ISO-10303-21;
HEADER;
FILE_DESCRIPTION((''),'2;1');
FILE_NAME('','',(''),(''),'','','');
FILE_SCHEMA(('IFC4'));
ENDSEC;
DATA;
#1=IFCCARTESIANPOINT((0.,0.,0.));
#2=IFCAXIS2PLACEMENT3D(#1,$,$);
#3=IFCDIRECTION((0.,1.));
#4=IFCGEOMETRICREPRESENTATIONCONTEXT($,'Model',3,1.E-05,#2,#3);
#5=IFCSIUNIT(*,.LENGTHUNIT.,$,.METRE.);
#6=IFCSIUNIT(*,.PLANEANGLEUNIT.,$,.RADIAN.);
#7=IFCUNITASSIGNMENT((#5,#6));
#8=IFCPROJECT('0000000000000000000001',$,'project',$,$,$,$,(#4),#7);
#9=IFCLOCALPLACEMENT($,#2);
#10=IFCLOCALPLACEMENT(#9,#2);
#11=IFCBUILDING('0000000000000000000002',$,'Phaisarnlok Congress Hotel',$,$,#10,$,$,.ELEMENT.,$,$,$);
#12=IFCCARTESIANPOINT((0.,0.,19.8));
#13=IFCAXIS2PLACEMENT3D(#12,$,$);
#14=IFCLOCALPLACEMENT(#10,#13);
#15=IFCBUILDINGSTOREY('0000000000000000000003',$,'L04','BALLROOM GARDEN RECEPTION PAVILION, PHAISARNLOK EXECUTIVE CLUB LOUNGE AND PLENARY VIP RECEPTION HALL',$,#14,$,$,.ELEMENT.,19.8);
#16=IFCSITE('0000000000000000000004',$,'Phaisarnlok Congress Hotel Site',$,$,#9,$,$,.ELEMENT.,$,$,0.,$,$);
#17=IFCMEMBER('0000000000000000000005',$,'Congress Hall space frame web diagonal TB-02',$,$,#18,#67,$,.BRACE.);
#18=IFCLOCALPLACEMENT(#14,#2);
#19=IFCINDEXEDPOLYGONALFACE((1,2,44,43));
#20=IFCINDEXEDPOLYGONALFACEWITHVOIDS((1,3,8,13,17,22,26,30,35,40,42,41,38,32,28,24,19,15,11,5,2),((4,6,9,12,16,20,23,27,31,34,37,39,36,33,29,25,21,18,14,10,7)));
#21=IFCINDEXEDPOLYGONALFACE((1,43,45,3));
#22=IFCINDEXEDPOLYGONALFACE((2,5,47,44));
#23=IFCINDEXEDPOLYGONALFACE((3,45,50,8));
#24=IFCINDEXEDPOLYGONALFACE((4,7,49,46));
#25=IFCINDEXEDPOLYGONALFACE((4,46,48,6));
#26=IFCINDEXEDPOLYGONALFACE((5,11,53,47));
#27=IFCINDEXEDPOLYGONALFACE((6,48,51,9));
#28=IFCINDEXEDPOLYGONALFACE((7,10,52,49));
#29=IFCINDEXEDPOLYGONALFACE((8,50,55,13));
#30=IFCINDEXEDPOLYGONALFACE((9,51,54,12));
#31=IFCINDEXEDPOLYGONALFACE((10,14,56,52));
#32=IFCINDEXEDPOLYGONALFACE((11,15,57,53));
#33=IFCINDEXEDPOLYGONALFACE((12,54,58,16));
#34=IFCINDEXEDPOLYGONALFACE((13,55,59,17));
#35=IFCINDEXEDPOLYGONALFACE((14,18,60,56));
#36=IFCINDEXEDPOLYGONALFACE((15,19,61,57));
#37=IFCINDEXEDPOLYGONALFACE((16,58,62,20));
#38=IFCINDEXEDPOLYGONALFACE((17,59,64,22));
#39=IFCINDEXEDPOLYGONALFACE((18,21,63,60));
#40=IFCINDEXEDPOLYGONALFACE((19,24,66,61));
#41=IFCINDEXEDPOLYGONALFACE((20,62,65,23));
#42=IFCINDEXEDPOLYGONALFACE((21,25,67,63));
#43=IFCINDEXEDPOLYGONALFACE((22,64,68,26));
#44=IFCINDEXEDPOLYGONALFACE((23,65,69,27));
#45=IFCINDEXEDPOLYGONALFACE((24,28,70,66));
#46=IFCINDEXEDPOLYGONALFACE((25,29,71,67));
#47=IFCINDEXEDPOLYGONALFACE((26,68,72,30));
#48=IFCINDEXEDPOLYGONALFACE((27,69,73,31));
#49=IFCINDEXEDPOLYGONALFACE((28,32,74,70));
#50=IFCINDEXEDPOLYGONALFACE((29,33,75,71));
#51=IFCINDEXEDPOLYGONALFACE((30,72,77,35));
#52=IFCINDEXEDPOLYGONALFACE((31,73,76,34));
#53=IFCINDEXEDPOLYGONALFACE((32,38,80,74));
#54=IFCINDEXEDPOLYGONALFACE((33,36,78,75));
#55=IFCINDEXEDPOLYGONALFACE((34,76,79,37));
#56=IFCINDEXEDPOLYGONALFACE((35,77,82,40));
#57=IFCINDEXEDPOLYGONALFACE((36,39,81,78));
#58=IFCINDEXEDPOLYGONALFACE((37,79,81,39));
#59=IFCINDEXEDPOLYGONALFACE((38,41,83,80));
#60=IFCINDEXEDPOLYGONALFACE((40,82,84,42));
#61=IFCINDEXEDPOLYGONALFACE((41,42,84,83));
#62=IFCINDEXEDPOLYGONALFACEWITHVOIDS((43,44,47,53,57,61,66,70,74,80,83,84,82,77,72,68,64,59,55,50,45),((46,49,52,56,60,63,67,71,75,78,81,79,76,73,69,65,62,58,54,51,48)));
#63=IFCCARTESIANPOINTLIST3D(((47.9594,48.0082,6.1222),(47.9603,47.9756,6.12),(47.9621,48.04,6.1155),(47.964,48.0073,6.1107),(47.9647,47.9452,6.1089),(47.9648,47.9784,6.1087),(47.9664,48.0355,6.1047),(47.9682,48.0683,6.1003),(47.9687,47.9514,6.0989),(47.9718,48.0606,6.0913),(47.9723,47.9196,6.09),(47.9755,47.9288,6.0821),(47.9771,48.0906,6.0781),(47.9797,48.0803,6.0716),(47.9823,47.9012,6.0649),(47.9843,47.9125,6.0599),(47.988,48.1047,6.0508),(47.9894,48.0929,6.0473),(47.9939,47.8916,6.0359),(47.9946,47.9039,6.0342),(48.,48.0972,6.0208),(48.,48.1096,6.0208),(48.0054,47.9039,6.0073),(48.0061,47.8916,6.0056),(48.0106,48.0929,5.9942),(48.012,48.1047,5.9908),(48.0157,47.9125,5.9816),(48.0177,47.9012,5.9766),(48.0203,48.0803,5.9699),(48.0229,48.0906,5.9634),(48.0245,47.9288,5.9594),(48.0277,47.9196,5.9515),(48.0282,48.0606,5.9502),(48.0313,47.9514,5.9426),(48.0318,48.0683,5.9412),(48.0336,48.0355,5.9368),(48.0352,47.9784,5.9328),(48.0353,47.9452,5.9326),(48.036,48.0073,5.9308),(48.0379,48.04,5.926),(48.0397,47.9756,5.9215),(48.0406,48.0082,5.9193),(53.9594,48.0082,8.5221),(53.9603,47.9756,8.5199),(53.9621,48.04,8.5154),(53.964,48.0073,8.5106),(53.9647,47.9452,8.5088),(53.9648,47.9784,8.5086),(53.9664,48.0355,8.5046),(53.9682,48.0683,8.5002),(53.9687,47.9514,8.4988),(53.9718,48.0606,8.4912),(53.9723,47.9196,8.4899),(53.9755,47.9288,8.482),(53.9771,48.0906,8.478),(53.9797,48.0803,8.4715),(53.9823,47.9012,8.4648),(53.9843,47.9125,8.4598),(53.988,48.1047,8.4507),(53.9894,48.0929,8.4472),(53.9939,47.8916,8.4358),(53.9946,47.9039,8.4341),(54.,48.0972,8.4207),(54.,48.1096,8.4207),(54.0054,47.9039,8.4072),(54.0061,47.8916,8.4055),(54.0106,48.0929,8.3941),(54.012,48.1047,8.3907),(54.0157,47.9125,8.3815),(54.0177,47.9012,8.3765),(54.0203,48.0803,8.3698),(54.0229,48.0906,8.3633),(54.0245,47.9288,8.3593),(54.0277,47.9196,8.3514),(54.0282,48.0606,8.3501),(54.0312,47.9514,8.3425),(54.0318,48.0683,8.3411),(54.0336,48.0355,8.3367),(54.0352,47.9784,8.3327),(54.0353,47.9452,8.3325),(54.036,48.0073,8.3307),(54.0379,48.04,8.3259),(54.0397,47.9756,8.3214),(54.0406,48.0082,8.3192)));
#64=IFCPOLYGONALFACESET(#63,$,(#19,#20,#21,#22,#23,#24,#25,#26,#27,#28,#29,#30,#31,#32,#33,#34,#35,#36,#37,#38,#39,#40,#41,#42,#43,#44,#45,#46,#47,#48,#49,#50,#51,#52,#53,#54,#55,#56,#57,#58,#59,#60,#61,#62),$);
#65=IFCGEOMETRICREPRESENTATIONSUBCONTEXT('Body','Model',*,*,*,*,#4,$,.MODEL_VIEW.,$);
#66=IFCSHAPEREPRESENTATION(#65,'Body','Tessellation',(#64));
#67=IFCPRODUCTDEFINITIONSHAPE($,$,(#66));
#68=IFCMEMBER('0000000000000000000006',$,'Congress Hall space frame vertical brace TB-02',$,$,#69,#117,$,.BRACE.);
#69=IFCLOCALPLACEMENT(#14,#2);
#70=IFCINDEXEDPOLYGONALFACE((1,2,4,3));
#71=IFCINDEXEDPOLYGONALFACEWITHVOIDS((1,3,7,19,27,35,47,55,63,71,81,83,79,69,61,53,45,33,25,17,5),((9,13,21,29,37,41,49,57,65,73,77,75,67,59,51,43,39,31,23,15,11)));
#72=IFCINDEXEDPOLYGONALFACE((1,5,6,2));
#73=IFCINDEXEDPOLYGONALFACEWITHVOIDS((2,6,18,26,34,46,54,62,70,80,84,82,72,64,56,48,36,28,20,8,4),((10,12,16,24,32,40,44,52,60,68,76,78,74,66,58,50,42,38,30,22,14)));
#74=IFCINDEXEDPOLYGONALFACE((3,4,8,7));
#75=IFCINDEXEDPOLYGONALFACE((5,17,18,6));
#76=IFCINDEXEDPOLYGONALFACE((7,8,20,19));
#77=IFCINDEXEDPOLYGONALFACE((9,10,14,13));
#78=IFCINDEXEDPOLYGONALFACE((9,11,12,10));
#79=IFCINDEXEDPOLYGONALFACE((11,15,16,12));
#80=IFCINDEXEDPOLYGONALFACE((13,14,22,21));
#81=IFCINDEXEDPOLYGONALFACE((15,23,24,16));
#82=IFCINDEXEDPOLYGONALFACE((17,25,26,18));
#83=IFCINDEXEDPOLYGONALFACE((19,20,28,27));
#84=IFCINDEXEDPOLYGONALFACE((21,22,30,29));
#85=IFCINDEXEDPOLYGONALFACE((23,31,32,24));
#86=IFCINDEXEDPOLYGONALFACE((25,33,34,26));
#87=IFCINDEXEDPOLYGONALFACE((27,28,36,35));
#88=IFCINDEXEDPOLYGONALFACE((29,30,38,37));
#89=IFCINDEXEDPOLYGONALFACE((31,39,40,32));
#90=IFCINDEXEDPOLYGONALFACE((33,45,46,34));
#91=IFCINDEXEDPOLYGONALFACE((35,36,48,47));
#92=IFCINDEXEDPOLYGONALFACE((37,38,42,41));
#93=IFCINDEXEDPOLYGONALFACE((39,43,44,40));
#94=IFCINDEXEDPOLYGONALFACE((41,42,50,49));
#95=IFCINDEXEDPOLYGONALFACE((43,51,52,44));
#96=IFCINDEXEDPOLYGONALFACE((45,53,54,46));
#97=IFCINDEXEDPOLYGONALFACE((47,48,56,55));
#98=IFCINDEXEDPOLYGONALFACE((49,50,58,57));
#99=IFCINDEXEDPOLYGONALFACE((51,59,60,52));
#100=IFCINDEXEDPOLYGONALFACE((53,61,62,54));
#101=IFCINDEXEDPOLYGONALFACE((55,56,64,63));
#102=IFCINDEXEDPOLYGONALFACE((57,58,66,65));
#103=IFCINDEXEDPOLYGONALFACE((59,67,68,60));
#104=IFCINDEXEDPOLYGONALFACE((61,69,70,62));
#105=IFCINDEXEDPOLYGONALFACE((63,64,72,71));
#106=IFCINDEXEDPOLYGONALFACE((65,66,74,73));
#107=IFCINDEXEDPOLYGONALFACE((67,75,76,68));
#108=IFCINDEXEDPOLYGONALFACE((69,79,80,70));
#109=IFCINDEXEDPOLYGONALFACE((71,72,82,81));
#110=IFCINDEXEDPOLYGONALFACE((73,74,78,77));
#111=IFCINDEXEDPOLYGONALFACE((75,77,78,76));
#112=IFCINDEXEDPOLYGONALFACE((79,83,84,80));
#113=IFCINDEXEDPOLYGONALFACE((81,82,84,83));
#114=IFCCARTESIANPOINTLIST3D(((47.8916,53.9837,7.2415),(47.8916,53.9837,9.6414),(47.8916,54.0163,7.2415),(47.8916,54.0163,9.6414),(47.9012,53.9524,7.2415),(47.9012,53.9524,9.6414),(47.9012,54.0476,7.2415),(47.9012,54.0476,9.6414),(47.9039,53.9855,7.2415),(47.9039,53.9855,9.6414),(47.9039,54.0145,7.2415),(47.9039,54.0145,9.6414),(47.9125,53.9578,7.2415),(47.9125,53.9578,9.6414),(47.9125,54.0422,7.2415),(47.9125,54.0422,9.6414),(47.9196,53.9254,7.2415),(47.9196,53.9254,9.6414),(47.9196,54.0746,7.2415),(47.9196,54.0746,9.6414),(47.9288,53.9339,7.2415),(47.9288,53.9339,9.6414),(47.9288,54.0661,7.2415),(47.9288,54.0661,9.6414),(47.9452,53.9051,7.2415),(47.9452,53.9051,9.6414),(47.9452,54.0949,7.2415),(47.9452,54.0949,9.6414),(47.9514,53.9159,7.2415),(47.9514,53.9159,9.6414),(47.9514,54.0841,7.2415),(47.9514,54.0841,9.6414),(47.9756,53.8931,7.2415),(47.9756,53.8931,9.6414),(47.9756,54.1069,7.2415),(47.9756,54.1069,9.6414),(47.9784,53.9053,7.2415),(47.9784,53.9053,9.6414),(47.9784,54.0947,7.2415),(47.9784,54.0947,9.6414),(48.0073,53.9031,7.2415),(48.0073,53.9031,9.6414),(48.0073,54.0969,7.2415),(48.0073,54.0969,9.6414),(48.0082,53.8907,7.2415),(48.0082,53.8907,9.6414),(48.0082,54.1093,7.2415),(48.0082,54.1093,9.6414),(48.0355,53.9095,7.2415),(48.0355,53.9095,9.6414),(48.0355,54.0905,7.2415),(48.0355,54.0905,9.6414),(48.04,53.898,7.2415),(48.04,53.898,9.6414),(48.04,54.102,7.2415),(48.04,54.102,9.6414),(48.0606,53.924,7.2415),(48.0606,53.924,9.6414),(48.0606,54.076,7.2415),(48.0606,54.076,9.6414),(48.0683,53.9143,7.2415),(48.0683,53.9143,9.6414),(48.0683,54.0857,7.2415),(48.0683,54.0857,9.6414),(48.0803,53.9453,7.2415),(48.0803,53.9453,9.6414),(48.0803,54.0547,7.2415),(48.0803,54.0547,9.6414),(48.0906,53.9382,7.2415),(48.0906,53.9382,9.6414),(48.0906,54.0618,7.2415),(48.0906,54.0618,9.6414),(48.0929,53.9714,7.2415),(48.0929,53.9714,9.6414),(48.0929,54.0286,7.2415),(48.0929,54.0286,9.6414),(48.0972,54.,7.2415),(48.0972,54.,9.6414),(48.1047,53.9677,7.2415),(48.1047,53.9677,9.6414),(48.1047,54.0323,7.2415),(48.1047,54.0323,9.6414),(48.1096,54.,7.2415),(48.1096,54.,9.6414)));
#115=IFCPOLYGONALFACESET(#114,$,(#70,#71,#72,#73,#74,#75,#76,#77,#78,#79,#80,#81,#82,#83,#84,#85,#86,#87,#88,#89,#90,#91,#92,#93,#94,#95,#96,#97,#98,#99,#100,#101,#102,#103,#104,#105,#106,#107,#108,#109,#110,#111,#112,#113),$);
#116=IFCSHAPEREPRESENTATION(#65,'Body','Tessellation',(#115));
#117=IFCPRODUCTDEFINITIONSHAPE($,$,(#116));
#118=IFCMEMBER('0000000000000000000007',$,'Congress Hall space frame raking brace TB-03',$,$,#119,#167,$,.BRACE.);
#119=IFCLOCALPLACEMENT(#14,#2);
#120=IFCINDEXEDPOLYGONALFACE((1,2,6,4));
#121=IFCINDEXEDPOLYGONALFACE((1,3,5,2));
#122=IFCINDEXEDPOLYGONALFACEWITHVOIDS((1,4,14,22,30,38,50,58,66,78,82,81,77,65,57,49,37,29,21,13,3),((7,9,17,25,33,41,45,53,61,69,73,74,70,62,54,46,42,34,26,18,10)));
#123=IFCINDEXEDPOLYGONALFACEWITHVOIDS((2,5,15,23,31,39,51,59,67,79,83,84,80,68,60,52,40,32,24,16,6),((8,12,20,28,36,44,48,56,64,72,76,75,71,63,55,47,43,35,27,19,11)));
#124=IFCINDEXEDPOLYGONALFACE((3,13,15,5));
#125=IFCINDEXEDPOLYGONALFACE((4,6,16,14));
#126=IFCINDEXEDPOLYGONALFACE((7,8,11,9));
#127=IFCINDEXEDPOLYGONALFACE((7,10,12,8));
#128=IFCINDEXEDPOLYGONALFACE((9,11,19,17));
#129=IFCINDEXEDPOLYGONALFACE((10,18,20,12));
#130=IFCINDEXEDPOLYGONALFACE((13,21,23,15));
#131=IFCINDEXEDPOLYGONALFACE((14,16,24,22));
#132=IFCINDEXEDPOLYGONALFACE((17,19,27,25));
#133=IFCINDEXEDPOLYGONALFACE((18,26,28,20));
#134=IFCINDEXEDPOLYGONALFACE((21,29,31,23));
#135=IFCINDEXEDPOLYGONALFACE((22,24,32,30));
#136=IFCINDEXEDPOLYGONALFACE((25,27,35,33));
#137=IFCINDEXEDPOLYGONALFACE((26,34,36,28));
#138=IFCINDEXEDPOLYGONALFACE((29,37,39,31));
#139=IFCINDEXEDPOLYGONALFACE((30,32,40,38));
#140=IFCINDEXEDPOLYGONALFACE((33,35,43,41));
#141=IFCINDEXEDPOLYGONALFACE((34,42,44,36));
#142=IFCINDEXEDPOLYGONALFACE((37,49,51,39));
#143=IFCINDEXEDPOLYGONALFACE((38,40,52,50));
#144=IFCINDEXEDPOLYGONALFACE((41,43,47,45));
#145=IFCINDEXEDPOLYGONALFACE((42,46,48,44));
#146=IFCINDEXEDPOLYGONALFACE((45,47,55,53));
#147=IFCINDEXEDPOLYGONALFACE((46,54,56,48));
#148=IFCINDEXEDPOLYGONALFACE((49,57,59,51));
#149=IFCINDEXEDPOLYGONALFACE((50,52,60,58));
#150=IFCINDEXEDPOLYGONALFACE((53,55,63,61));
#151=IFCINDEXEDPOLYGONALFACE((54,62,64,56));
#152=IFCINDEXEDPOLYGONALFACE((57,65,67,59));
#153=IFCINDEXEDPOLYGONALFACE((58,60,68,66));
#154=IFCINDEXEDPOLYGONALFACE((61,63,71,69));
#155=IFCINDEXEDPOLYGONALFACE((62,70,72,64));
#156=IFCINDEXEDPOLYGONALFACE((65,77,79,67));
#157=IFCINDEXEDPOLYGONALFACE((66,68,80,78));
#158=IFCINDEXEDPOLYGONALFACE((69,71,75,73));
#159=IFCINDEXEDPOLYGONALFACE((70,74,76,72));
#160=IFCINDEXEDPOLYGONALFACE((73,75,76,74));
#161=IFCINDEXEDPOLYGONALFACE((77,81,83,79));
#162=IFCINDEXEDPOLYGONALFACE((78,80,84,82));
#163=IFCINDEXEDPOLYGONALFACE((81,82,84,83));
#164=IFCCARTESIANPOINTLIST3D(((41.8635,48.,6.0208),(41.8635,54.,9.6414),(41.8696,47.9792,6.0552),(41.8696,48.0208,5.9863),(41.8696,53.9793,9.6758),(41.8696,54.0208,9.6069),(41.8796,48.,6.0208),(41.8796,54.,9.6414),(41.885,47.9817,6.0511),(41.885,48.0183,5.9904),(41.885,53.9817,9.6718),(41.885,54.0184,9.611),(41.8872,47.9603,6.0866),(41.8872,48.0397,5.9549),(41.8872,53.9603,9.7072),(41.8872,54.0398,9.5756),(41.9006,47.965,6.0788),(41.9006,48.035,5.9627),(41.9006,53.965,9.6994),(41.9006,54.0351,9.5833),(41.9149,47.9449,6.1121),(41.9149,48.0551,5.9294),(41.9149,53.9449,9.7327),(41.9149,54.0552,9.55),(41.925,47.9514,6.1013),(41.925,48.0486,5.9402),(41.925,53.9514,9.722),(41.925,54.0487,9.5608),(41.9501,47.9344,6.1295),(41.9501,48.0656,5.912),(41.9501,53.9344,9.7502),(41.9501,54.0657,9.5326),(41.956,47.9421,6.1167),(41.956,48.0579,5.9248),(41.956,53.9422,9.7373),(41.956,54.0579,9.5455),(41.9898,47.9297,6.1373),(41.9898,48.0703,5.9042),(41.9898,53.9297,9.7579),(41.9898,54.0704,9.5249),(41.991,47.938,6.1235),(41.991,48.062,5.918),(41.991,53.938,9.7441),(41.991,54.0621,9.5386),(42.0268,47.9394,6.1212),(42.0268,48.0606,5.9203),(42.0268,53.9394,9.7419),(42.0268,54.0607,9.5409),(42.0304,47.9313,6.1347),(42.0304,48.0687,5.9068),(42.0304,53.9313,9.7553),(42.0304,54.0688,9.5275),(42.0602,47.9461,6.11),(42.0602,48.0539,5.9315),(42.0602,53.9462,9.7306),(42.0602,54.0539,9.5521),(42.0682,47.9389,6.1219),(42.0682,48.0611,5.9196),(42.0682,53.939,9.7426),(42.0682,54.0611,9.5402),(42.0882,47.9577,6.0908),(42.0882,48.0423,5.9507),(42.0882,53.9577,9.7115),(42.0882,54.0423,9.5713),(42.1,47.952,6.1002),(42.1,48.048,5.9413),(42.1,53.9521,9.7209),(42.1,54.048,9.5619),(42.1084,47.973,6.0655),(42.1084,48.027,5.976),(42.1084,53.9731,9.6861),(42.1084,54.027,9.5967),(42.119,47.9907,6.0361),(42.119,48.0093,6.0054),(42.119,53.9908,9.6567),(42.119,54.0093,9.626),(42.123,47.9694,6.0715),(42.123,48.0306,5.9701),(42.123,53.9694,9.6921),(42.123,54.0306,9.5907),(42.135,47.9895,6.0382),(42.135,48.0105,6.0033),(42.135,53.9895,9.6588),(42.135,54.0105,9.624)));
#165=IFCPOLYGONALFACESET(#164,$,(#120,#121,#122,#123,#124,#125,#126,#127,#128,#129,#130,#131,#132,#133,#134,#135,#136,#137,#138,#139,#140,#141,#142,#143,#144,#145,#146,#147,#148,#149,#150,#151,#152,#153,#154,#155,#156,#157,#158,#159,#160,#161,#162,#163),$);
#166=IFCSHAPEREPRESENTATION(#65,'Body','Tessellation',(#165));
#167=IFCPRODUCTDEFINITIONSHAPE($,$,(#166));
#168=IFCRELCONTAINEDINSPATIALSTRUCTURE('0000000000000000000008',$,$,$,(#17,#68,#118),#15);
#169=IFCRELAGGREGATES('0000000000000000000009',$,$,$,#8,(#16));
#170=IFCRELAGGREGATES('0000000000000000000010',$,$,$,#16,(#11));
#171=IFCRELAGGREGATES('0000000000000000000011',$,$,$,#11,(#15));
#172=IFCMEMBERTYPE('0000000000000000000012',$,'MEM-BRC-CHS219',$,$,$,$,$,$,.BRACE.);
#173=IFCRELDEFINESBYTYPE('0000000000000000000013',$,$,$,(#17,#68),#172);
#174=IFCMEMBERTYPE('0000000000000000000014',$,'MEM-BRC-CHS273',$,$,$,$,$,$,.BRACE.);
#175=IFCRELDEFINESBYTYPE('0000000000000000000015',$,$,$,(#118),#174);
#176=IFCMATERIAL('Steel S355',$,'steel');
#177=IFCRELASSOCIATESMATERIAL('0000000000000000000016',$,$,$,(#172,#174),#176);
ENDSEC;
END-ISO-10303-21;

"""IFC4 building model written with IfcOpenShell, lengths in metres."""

from ifc_helpers import new_model, si_unit, direction, frame, origin, origin_2d, place, context, subcontext, project, spatial, hollow_circle, extrude, material, material_profile, profile_set, type_object, element, save


model = new_model("IFC4")

# Units and contexts
model_context = context("Model", 3, precision=1e-05, world=origin(), true_north=direction((0.0, 1.0)))
body_context = subcontext(model_context, "Body", "Model", "MODEL_VIEW")
ifc_project = project(units=[si_unit("LENGTHUNIT", "METRE"), si_unit("PLANEANGLEUNIT", "RADIAN")], contexts=[model_context])

# Site, building, storey
site_placement = place(None, origin())
site = spatial("IfcSite", under=ifc_project, at=site_placement, Name="Phaisarnlok Congress Hotel Site", CompositionType="ELEMENT", RefElevation=0.0)
building_placement = place(site_placement, origin())
building = spatial("IfcBuilding", under=site, at=building_placement, Name="Phaisarnlok Congress Hotel", CompositionType="ELEMENT")
storey_placement = place(building_placement, frame((0.0, 0.0, 19.8)))
storey = spatial("IfcBuildingStorey", under=building, at=storey_placement, Name="L04", Description="BALLROOM GARDEN RECEPTION PAVILION, PHAISARNLOK EXECUTIVE CLUB LOUNGE AND PLENARY VIP RECEPTION HALL", CompositionType="ELEMENT", Elevation=19.8)

# Members
ifc_material = material(Name="Steel S355", Category="steel")
ifc_material_profile_1 = material_profile(ifc_material, hollow_circle(Radius=0.1096, WallThickness=0.0125, at=origin_2d()), Name="CHS 219.1x12.5")
ifc_profile_set_1 = profile_set([ifc_material_profile_1], Name="Steel S355")
member_type_1 = type_object("IfcMemberType", Name="MEM-BRC-CHS219", PredefinedType="BRACE", material=ifc_profile_set_1)
member_1_placement = place(storey_placement, frame((48.0, 48.0, 6.0208), z_axis=(0.928482, 0.0, 0.371378), x_axis=(0.0, 1.0, 0.0)))
element("IfcMember", 1, at=member_1_placement, inside=storey, type_object=member_type_1, Name="Congress Hall space frame web diagonal TB-02", PredefinedType="BRACE", context=body_context, shape_type="SweptSolid", body=[
    extrude(hollow_circle(Radius=0.1096, WallThickness=0.0125, at=origin_2d()), origin(), (0.0, 0.0, 1.0), 6.4622),
])
member_2_placement = place(storey_placement, frame((48.0, 54.0, 7.2415), z_axis=(0.0, 0.0, 1.0), x_axis=(1.0, 0.0, 0.0)))
element("IfcMember", 2, at=member_2_placement, inside=storey, type_object=member_type_1, Name="Congress Hall space frame vertical brace TB-02", PredefinedType="BRACE", context=body_context, shape_type="SweptSolid", body=[
    extrude(hollow_circle(Radius=0.1096, WallThickness=0.0125, at=origin_2d()), origin(), (0.0, 0.0, 1.0), 2.3999),
])
ifc_material_profile_2 = material_profile(ifc_material, hollow_circle(Radius=0.1365, WallThickness=0.0161, at=origin_2d()), Name="CHS 273x16")
ifc_profile_set_2 = profile_set([ifc_material_profile_2], Name="Steel S355")
member_type_2 = type_object("IfcMemberType", Name="MEM-BRC-CHS273", PredefinedType="BRACE", material=ifc_profile_set_2)
for number, where, z_axis, x_axis, name in (
    (3, (42.0, 48.0, 6.0208), (0.0, 0.856193, 0.516656), (-1.0, 0.0, 0.0), "Congress Hall space frame raking brace TB-03"),
):
    element("IfcMember", number, at=place(storey_placement, frame(where, z_axis=z_axis, x_axis=x_axis)), inside=storey, type_object=member_type_2, Name=name, PredefinedType="BRACE", context=body_context, shape_type="SweptSolid", body=[
        extrude(hollow_circle(Radius=0.1365, WallThickness=0.0161, at=origin_2d()), origin(), (0.0, 0.0, 1.0), 7.0078),
    ])

save(model, "model.ifc")
